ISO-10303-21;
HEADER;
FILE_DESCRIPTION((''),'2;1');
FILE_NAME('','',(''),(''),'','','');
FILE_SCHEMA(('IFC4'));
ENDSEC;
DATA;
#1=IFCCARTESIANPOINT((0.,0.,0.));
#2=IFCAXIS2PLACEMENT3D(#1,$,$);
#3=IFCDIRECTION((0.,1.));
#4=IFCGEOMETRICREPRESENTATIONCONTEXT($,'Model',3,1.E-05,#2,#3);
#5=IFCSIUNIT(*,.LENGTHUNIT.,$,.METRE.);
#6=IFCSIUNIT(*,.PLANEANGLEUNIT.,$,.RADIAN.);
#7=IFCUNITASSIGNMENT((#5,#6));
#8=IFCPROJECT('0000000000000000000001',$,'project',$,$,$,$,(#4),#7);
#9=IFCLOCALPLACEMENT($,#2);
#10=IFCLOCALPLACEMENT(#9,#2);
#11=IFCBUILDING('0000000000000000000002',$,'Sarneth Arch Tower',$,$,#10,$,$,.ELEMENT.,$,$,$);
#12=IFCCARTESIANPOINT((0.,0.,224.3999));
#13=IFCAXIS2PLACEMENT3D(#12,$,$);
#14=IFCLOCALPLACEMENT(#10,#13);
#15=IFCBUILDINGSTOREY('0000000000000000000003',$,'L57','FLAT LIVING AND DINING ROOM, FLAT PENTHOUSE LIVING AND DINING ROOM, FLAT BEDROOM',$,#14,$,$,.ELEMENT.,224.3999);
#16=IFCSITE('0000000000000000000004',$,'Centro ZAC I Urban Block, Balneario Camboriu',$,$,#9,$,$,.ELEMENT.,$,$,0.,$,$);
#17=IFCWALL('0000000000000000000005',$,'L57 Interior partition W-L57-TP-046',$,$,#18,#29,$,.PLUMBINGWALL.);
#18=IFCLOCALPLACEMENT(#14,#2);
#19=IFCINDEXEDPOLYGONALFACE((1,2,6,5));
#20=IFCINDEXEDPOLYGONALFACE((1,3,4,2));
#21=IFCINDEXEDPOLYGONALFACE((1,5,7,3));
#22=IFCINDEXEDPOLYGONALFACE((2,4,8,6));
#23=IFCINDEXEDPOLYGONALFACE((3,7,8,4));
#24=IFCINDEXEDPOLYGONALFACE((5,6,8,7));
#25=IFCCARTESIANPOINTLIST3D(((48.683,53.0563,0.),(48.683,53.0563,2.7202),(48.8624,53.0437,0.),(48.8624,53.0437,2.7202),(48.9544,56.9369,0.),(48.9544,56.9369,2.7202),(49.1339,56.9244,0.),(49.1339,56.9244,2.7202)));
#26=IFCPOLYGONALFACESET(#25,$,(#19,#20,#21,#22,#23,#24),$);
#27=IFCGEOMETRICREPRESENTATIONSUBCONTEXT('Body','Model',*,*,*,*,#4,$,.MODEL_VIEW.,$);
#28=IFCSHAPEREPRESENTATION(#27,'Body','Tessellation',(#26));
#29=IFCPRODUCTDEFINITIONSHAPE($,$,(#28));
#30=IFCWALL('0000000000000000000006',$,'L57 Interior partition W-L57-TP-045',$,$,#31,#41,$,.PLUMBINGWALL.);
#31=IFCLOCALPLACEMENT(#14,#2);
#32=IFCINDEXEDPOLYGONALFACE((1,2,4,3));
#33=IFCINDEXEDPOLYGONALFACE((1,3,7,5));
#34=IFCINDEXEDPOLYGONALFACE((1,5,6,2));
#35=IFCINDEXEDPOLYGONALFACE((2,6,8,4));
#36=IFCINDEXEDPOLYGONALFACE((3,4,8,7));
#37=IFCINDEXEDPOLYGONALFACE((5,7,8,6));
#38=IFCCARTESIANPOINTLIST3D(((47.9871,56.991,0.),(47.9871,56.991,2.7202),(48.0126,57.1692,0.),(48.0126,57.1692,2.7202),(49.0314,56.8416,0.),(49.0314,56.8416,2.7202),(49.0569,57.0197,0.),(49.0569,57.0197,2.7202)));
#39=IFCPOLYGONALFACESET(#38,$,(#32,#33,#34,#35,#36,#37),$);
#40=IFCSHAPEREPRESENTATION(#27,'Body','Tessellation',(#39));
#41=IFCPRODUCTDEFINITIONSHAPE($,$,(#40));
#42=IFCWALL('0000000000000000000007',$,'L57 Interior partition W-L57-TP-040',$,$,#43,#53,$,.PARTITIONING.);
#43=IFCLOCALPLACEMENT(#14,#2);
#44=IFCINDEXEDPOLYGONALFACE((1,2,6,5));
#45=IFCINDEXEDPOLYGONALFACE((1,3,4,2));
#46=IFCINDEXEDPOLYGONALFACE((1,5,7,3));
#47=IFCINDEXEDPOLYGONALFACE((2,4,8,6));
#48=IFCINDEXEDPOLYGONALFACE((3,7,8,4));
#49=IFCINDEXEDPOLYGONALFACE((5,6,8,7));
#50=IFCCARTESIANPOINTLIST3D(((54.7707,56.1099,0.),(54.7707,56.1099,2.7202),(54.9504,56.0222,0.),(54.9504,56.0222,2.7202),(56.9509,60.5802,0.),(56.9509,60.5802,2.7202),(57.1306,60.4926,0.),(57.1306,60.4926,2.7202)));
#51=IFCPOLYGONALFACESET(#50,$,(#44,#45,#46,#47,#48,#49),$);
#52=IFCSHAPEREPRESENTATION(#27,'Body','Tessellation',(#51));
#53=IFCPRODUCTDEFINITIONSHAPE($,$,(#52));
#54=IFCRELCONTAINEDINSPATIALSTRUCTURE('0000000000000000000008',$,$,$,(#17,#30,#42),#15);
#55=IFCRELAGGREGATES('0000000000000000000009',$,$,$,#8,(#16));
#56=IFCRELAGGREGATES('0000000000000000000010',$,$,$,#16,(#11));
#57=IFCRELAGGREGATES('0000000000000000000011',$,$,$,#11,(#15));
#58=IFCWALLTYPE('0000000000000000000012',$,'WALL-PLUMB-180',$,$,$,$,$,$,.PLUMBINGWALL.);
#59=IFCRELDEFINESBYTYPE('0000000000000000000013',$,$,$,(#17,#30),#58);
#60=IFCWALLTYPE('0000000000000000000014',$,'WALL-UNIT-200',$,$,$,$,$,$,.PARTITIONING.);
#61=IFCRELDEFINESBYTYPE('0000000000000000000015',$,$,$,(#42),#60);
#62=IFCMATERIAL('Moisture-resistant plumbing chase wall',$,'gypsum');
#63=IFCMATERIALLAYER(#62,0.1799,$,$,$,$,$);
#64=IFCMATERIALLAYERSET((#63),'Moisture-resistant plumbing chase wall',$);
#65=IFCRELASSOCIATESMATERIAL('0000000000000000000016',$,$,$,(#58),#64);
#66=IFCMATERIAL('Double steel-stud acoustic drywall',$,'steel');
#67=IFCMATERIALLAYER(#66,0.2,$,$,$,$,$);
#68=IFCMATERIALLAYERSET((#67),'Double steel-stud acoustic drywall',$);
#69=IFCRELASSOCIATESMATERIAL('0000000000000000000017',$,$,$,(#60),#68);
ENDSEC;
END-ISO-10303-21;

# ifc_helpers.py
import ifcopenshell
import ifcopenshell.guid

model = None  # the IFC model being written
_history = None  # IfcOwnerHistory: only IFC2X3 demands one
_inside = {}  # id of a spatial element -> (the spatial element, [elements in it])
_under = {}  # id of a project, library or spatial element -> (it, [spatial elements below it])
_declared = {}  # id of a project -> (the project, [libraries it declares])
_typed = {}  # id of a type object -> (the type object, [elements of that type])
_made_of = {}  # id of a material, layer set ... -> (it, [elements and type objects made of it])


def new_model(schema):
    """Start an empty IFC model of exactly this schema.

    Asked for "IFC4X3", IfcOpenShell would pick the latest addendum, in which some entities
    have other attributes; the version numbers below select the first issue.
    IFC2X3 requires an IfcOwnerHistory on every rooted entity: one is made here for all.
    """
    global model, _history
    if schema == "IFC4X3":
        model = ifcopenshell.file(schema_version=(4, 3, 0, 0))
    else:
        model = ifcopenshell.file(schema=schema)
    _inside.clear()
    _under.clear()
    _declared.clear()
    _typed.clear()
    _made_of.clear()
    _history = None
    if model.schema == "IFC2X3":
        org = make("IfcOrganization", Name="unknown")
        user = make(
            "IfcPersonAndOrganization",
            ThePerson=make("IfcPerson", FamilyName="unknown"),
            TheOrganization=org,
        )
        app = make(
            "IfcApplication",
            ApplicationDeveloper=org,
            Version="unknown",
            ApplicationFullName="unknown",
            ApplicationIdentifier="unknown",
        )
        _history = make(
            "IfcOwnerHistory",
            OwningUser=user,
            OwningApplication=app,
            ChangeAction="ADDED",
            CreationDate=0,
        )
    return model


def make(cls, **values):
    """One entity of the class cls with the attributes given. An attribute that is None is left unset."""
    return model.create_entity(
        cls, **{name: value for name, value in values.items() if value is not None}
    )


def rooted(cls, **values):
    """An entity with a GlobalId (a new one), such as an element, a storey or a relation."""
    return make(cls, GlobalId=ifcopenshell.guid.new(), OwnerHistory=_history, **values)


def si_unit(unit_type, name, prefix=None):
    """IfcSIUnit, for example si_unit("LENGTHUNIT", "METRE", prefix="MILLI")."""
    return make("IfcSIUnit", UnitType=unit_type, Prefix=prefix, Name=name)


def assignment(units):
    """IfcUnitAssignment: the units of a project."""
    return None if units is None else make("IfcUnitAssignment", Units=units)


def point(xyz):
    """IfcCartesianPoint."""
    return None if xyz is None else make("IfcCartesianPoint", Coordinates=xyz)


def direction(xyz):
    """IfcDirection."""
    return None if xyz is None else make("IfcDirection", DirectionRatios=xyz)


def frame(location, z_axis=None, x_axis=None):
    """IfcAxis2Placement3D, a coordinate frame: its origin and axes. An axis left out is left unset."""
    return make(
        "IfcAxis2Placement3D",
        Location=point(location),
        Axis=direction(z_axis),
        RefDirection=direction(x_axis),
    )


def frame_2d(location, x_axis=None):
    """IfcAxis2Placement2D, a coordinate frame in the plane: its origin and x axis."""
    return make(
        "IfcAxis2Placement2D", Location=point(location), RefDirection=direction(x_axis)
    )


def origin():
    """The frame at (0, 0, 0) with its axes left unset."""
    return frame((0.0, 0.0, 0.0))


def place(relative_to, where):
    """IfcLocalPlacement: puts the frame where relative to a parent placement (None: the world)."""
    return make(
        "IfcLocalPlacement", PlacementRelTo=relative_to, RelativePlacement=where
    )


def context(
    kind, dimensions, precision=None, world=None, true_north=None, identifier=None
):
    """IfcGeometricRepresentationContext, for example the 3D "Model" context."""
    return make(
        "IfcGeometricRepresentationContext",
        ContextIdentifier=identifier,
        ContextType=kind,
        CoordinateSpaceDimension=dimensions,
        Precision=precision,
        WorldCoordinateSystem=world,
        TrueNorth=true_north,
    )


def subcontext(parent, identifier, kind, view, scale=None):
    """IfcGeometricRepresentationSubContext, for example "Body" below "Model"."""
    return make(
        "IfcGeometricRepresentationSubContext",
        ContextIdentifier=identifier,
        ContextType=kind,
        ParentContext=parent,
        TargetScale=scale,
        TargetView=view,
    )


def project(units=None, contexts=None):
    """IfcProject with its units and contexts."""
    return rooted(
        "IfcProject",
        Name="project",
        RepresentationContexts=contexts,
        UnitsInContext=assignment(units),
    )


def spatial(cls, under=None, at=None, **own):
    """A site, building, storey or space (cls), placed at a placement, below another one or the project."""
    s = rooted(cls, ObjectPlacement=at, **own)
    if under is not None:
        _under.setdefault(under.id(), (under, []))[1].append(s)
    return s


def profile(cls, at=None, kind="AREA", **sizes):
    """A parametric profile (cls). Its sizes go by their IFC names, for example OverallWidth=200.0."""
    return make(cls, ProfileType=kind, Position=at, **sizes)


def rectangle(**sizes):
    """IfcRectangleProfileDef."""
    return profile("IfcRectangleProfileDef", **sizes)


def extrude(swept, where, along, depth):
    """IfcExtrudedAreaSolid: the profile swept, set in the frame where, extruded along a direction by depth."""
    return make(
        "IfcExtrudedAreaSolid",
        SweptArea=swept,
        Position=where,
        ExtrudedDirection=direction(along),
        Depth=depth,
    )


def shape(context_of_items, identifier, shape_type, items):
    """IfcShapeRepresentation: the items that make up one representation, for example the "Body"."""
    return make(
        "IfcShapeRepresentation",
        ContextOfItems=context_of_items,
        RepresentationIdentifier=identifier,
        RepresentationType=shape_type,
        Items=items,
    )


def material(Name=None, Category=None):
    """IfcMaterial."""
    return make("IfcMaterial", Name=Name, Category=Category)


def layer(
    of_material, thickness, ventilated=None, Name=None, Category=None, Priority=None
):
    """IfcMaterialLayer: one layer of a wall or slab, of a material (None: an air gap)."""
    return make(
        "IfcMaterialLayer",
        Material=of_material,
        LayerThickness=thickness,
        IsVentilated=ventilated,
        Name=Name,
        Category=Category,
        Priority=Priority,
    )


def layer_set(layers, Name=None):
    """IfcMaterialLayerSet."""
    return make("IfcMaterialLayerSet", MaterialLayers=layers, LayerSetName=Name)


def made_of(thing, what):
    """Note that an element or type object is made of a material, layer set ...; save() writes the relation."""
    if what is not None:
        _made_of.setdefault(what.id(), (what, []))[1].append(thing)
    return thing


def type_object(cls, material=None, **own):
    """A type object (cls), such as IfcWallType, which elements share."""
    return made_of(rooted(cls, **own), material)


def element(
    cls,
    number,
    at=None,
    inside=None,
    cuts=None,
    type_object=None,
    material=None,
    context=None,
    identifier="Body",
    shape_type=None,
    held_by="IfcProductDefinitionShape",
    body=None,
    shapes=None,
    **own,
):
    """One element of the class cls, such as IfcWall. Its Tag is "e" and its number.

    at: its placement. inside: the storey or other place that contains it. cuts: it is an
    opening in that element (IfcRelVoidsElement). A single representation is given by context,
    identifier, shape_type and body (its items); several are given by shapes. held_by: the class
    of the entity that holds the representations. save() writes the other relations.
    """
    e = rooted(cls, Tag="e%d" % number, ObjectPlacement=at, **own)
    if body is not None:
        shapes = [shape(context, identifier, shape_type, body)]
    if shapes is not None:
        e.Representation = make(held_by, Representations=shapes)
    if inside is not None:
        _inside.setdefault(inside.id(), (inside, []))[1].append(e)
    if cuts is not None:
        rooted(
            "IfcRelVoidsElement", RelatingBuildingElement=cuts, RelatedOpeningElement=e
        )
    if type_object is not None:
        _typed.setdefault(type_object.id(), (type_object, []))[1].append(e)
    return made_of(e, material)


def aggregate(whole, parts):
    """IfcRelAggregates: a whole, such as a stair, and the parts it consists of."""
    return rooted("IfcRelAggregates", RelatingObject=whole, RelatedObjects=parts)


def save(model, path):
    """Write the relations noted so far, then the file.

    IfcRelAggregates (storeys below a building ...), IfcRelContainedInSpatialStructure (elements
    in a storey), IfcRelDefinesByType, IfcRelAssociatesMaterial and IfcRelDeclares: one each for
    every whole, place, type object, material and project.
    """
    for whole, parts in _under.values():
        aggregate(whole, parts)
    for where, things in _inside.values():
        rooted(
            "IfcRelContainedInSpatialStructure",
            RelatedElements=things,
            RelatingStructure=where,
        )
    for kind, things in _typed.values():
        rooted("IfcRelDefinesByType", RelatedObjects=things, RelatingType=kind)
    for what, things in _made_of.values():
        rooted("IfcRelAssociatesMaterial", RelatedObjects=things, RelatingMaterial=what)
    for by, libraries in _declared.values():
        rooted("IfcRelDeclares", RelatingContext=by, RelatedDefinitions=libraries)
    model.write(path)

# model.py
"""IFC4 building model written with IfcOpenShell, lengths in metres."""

from ifc_helpers import new_model, si_unit, direction, frame, frame_2d, origin, place, context, subcontext, project, spatial, rectangle, extrude, material, layer, layer_set, type_object, element, save


model = new_model("IFC4")

# Units and contexts
model_context = context("Model", 3, precision=1e-05, world=origin(), true_north=direction((0.0, 1.0)))
body_context = subcontext(model_context, "Body", "Model", "MODEL_VIEW")
ifc_project = project(units=[si_unit("LENGTHUNIT", "METRE"), si_unit("PLANEANGLEUNIT", "RADIAN")], contexts=[model_context])

# Site, building, storey
site_placement = place(None, origin())
site = spatial("IfcSite", under=ifc_project, at=site_placement, Name="Centro ZAC I Urban Block, Balneario Camboriu", CompositionType="ELEMENT", RefElevation=0.0)
building_placement = place(site_placement, origin())
building = spatial("IfcBuilding", under=site, at=building_placement, Name="Sarneth Arch Tower", CompositionType="ELEMENT")
storey_placement = place(building_placement, frame((0.0, 0.0, 224.3999)))
storey = spatial("IfcBuildingStorey", under=building, at=storey_placement, Name="L57", Description="FLAT LIVING AND DINING ROOM, FLAT PENTHOUSE LIVING AND DINING ROOM, FLAT BEDROOM", CompositionType="ELEMENT", Elevation=224.3999)

# Walls
ifc_material_1 = material(Name="Moisture-resistant plumbing chase wall", Category="gypsum")
ifc_layer_1 = layer(ifc_material_1, 0.1799)
ifc_layer_set_1 = layer_set([ifc_layer_1], Name="Moisture-resistant plumbing chase wall")
wall_type_1 = type_object("IfcWallType", Name="WALL-PLUMB-180", PredefinedType="PLUMBINGWALL", material=ifc_layer_set_1)
wall_1_placement = place(storey_placement, frame((49.0442, 56.9307, 0.0), z_axis=(0.0, 0.0, 1.0), x_axis=(-0.069789, -0.997562, 0.0)))
element("IfcWall", 1, at=wall_1_placement, inside=storey, type_object=wall_type_1, Name="L57 Interior partition W-L57-TP-046", PredefinedType="PLUMBINGWALL", context=body_context, shape_type="SweptSolid", body=[
    extrude(rectangle(XDim=3.8901, YDim=0.1799, at=frame_2d((1.9451, 0.0))), origin(), (0.0, 0.0, 1.0), 2.7202),
])
wall_2_placement = place(storey_placement, frame((48.0, 57.0801, 0.0), z_axis=(0.0, 0.0, 1.0), x_axis=(0.989917, -0.141648, 0.0)))
element("IfcWall", 2, at=wall_2_placement, inside=storey, type_object=wall_type_1, Name="L57 Interior partition W-L57-TP-045", PredefinedType="PLUMBINGWALL", context=body_context, shape_type="SweptSolid", body=[
    extrude(rectangle(XDim=1.0549, YDim=0.1799, at=frame_2d((0.5273, 0.0))), origin(), (0.0, 0.0, 1.0), 2.7202),
])
ifc_material_2 = material(Name="Double steel-stud acoustic drywall", Category="steel")
ifc_layer_2 = layer(ifc_material_2, 0.2)
ifc_layer_set_2 = layer_set([ifc_layer_2], Name="Double steel-stud acoustic drywall")
wall_type_2 = type_object("IfcWallType", Name="WALL-UNIT-200", PredefinedType="PARTITIONING", material=ifc_layer_set_2)
wall_3_placement = place(storey_placement, frame((57.0408, 60.5364, 0.0), z_axis=(0.0, 0.0, 1.0), x_axis=(-0.438356, -0.898801, 0.0)))
element("IfcWall", 3, at=wall_3_placement, inside=storey, type_object=wall_type_2, Name="L57 Interior partition W-L57-TP-040", PredefinedType="PARTITIONING", context=body_context, shape_type="SweptSolid", body=[
    extrude(rectangle(XDim=4.9736, YDim=0.2, at=frame_2d((2.4868, 0.0))), origin(), (0.0, 0.0, 1.0), 2.7202),
])

save(model, "model.ifc")
